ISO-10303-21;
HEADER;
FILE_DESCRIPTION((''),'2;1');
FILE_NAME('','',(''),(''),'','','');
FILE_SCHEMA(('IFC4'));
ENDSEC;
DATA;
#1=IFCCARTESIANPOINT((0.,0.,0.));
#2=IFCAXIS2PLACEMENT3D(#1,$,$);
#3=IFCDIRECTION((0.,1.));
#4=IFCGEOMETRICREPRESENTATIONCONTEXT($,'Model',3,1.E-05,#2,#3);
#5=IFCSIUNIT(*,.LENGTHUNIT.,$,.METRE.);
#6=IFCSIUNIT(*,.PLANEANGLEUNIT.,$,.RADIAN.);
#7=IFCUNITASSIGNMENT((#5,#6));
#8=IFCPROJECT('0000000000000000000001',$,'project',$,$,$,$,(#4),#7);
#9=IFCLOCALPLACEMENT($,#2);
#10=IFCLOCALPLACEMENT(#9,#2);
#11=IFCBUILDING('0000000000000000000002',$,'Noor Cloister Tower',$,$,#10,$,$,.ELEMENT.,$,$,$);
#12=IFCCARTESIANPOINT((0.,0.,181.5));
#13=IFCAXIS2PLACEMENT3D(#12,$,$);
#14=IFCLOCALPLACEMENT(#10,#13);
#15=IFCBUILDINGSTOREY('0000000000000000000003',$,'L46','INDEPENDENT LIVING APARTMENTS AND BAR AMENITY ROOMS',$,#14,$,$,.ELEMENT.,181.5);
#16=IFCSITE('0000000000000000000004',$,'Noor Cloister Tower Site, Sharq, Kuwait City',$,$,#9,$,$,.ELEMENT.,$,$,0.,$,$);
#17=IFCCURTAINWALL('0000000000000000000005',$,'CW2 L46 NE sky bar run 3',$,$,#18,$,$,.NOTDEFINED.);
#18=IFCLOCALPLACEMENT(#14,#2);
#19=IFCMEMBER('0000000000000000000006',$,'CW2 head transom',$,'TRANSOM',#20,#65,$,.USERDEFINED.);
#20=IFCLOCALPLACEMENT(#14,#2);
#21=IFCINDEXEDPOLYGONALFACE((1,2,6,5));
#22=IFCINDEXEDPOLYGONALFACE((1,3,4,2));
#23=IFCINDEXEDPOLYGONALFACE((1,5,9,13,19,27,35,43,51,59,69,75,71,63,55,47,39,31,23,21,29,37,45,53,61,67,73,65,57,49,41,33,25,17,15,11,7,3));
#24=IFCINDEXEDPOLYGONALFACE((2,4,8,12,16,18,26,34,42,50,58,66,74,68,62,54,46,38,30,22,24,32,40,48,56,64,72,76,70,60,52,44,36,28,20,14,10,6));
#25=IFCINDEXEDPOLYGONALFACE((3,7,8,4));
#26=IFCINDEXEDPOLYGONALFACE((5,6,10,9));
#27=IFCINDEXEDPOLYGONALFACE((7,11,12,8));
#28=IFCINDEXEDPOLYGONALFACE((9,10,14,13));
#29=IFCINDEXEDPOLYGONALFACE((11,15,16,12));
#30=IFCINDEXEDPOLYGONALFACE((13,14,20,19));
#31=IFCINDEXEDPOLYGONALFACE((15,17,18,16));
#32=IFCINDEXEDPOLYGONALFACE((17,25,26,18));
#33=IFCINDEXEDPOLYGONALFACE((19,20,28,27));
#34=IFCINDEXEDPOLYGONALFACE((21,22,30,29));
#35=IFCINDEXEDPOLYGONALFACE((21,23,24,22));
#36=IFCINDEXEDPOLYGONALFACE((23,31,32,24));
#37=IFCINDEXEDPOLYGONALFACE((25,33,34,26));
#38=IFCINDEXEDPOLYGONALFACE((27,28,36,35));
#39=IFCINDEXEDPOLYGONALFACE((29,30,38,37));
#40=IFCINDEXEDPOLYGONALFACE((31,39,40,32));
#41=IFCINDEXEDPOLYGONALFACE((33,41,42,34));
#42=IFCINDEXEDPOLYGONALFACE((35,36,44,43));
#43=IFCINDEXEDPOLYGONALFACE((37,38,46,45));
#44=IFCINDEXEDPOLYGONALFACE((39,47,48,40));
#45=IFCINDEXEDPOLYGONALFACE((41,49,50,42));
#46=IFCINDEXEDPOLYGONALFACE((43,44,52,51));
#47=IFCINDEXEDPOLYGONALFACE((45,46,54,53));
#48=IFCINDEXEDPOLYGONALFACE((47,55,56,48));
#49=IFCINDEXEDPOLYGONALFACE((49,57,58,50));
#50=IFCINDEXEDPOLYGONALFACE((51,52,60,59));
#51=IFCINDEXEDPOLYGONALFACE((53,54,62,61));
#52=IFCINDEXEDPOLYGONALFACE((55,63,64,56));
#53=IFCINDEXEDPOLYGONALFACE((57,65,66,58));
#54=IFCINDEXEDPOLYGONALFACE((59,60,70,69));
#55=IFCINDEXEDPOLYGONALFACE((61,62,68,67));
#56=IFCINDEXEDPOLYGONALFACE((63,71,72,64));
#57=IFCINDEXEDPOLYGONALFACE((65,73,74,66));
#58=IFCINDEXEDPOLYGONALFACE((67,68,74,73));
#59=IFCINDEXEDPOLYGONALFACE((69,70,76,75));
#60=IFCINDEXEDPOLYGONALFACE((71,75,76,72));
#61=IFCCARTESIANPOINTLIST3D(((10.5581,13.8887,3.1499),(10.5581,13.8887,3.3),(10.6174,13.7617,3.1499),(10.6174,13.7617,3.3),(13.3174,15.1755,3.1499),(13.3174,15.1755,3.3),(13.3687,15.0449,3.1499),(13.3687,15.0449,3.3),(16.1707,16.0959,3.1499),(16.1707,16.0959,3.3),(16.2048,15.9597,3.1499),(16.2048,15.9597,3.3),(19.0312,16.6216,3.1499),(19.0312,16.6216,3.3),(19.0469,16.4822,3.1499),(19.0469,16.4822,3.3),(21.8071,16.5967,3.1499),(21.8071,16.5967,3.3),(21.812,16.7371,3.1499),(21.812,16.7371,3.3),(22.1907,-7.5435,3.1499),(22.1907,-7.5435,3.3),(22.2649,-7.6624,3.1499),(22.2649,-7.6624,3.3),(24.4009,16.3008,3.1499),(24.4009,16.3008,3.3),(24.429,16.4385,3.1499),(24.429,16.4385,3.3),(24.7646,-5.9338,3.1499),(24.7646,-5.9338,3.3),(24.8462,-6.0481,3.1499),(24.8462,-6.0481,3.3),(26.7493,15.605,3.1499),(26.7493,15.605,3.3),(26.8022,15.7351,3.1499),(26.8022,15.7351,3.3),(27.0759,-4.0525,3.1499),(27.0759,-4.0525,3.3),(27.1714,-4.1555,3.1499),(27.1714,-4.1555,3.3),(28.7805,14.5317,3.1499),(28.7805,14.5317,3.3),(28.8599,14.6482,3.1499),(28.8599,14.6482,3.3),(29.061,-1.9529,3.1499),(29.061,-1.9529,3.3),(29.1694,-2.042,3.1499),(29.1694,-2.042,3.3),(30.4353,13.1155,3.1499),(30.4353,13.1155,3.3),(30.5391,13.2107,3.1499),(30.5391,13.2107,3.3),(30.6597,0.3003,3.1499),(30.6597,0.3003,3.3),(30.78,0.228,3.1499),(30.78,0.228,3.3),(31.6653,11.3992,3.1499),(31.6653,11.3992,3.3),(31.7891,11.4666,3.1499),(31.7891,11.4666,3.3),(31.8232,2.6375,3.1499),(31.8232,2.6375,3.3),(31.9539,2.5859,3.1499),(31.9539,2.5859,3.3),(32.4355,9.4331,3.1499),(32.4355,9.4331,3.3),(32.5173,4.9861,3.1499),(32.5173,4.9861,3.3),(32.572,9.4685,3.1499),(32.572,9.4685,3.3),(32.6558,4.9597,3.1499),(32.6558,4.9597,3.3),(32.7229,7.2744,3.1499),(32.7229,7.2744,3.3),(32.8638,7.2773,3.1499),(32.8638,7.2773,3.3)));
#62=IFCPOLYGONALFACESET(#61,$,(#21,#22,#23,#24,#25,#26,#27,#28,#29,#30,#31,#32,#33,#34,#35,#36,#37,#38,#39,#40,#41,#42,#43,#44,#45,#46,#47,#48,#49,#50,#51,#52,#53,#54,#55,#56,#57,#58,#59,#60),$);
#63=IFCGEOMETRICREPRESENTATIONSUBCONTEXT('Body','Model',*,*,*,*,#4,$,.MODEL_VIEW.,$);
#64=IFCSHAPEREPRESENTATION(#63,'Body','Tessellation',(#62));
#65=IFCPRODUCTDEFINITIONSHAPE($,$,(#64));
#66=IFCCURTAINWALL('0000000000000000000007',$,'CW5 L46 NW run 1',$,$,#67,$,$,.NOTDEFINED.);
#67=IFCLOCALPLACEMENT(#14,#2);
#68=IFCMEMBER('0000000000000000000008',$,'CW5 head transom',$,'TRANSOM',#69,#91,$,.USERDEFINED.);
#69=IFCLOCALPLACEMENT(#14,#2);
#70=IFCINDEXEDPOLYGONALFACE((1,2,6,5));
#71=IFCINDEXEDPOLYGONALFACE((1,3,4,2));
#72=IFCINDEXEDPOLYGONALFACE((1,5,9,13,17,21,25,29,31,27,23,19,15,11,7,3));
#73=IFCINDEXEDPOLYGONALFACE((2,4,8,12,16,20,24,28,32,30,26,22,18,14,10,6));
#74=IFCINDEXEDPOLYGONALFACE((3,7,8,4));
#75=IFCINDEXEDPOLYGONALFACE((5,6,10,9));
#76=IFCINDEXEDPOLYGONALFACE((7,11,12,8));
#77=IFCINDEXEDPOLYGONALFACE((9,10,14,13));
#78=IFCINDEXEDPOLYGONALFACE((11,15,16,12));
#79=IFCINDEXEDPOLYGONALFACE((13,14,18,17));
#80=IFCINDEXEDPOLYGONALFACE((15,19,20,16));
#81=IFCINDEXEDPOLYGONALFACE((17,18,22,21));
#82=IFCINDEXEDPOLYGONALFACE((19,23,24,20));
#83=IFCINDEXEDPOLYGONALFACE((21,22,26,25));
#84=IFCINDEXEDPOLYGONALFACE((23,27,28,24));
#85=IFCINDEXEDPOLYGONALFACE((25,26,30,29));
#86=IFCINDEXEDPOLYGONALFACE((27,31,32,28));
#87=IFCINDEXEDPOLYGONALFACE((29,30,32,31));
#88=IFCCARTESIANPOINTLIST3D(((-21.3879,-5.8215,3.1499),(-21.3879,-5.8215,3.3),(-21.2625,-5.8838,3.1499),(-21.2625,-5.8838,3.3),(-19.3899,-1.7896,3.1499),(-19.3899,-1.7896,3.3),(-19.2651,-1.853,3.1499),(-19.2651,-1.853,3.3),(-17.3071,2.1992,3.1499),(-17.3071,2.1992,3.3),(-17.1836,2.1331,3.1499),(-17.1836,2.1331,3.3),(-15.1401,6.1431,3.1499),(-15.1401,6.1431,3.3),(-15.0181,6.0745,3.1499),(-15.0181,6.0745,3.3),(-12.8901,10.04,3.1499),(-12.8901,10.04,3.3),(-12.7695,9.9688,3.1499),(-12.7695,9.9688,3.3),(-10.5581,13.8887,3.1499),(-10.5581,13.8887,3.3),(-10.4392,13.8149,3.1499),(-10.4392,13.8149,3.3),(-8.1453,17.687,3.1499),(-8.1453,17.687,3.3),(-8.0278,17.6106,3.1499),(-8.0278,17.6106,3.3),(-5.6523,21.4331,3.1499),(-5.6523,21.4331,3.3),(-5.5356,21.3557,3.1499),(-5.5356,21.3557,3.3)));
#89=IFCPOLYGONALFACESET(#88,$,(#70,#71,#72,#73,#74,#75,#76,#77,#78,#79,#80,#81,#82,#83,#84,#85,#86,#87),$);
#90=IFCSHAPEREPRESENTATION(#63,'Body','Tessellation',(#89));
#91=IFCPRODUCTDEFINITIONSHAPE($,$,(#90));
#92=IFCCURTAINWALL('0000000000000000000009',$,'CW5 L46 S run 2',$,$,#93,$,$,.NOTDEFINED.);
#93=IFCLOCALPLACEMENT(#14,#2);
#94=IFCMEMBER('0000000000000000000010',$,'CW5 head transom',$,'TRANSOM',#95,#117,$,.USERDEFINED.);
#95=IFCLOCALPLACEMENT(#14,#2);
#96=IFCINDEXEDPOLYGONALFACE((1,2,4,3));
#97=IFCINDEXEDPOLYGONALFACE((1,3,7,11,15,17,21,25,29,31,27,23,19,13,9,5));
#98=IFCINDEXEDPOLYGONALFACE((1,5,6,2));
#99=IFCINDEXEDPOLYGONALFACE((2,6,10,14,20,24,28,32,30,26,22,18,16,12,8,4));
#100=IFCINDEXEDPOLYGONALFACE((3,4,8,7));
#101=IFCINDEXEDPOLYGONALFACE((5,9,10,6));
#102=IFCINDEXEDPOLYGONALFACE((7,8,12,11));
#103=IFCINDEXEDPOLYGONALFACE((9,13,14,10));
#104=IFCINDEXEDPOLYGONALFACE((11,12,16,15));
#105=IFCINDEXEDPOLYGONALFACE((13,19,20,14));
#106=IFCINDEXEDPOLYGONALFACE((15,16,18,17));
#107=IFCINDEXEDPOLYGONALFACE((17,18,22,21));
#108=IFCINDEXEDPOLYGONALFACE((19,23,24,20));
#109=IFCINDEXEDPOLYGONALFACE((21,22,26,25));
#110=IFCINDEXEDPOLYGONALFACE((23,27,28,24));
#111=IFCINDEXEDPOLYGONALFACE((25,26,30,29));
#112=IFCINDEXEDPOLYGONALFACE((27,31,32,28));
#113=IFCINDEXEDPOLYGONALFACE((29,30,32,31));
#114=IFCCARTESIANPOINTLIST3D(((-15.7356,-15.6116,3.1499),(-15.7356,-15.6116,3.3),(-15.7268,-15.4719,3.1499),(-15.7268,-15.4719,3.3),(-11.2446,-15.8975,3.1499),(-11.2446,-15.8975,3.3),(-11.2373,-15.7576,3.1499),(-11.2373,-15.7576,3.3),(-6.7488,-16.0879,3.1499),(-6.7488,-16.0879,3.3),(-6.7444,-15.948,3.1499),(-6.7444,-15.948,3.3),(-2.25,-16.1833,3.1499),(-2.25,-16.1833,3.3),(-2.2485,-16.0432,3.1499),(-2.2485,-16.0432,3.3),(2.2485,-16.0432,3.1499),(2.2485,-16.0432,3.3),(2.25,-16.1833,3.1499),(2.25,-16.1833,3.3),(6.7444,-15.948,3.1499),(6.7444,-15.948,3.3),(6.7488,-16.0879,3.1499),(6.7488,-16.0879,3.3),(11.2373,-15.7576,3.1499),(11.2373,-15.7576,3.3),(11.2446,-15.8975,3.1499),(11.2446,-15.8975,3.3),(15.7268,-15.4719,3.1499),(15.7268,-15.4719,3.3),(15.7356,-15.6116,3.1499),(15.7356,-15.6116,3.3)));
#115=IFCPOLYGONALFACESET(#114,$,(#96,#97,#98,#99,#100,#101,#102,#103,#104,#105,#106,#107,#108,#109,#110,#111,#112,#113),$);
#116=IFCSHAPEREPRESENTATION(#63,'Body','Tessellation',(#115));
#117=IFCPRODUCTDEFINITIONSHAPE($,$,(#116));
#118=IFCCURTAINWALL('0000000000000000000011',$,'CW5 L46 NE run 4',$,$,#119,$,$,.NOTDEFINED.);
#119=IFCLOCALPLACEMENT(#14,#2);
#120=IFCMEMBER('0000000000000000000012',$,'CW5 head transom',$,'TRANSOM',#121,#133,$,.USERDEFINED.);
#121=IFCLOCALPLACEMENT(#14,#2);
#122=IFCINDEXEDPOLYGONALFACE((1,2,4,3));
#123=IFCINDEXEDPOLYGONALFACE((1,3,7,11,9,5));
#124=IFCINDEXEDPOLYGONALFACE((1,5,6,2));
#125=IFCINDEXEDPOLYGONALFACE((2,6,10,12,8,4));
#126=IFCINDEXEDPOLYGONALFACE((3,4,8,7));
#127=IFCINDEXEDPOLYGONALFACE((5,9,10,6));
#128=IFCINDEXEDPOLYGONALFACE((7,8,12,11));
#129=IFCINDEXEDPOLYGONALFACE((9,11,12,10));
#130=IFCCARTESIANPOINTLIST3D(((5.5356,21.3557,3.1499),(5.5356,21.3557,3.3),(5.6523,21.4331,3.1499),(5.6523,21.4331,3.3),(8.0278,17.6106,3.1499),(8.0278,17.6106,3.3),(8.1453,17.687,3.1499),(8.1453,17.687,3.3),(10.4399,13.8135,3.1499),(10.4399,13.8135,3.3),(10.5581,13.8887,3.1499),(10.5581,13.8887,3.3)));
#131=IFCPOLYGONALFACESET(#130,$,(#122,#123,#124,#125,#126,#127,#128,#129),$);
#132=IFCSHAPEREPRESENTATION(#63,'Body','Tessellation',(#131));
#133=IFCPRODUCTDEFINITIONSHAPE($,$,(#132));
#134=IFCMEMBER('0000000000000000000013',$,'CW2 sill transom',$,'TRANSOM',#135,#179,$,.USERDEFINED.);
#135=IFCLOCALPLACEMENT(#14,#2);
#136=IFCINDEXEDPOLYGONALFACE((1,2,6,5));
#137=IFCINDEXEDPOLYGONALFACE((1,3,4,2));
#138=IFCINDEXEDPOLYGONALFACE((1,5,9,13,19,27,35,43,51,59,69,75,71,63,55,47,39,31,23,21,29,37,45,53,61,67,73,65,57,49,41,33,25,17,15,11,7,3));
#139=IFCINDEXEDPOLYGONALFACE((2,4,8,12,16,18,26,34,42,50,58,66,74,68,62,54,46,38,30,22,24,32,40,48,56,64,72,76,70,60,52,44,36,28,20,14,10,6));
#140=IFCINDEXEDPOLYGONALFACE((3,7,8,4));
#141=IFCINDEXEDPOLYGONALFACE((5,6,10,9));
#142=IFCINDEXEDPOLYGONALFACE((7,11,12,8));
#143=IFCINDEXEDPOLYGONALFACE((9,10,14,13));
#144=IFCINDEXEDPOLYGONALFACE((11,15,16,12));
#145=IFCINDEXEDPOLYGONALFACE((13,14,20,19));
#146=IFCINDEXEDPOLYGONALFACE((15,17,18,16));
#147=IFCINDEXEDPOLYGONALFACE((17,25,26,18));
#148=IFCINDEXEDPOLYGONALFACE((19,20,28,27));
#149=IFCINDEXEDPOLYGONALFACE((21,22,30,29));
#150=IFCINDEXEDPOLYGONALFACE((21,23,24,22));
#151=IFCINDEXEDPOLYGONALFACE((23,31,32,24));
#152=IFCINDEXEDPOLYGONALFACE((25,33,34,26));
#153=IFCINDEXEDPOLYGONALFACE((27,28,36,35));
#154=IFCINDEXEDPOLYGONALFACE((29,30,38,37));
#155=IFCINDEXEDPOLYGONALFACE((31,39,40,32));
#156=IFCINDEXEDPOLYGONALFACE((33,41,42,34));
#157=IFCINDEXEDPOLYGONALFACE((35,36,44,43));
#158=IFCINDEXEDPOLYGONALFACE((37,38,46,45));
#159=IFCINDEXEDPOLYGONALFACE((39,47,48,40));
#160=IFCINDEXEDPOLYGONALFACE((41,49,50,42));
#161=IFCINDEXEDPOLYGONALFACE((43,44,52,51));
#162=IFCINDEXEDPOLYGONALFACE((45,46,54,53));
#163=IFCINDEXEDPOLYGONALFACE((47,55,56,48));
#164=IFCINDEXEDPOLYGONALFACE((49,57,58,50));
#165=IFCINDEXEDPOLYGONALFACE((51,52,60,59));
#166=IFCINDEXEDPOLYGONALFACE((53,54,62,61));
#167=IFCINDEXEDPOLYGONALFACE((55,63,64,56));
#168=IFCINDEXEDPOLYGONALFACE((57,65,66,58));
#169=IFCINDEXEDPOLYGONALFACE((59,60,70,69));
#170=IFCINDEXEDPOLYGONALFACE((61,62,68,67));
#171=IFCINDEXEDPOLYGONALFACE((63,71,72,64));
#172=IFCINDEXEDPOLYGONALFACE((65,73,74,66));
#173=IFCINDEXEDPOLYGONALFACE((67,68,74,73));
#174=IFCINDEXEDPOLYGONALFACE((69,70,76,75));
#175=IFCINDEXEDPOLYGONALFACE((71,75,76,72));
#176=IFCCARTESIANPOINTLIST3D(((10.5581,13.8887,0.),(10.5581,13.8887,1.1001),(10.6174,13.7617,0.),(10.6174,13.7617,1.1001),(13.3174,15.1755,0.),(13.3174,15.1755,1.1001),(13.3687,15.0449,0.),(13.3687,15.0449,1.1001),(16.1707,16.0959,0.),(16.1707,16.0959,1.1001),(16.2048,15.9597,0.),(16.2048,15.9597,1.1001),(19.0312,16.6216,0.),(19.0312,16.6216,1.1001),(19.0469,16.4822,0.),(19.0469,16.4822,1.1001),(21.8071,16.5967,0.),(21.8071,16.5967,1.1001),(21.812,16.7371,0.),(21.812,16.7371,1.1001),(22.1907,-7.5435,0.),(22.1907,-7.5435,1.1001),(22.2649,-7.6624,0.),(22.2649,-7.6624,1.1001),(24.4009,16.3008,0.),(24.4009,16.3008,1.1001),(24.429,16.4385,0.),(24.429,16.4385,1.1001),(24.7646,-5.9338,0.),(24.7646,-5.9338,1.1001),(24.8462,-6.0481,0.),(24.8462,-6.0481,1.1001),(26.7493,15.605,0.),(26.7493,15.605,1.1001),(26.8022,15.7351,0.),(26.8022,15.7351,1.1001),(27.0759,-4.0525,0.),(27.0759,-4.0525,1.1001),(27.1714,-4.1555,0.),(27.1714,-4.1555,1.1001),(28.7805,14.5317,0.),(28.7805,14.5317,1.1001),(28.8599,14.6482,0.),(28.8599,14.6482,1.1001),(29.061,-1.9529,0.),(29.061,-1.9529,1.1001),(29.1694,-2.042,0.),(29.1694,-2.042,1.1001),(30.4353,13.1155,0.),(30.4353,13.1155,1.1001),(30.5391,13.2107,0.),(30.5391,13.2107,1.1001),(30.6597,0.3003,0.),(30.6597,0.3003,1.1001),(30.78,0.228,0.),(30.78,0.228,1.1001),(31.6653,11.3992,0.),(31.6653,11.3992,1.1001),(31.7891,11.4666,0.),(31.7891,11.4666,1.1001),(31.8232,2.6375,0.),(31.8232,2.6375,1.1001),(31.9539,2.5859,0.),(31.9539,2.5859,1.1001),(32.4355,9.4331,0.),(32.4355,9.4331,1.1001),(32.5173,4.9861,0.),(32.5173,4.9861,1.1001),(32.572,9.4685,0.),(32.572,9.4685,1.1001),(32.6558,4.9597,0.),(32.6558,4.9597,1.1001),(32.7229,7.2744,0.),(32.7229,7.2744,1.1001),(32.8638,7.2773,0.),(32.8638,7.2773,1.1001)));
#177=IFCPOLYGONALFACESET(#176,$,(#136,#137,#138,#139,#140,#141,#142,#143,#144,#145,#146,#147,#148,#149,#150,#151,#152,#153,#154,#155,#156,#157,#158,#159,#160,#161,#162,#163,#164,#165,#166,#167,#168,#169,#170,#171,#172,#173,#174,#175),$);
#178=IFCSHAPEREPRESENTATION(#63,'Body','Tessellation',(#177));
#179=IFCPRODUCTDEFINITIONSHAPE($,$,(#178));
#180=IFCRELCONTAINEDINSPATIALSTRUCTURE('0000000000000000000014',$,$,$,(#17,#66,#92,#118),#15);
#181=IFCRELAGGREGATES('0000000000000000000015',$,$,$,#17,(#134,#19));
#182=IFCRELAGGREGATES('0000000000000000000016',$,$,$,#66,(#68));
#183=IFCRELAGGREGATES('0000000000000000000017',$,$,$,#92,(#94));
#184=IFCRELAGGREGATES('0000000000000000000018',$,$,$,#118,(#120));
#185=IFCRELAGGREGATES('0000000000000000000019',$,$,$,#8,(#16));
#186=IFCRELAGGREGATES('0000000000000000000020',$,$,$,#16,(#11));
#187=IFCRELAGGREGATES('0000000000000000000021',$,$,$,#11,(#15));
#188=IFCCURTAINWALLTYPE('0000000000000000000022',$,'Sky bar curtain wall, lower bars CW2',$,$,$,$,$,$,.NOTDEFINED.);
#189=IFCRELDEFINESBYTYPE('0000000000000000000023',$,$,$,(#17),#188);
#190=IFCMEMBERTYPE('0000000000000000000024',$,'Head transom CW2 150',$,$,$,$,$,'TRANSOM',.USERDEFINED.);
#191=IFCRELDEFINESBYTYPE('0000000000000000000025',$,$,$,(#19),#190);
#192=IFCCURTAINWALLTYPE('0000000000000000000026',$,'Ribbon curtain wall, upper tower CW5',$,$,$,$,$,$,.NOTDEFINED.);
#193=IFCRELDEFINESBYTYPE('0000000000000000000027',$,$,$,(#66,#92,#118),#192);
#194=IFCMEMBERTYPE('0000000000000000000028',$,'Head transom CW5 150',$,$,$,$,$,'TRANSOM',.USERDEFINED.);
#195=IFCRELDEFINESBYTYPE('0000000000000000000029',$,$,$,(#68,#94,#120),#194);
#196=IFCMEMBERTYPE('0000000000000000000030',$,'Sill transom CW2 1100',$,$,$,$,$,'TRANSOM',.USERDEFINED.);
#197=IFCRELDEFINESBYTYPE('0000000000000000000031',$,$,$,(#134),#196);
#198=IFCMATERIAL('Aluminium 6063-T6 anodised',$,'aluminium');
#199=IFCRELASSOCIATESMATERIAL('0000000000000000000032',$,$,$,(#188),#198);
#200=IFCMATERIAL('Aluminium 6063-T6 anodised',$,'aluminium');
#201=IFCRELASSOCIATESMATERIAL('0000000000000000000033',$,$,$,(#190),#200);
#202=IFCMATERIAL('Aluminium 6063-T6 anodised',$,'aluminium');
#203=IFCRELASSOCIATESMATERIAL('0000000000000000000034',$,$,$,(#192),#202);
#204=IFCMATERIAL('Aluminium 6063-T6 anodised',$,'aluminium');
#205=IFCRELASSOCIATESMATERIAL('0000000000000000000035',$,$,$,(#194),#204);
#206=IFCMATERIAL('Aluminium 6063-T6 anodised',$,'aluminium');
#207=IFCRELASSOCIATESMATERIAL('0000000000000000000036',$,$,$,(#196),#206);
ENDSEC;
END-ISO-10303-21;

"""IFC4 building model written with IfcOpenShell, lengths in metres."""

from ifc_helpers import new_model, si_unit, direction, frame, origin, place, context, subcontext, project, spatial, polyline, outline, extrude, material, type_object, element, aggregate, save


model = new_model("IFC4")

# Units and contexts
model_context = context("Model", 3, precision=1e-05, world=origin(), true_north=direction((0.0, 1.0)))
body_context = subcontext(model_context, "Body", "Model", "MODEL_VIEW")
ifc_project = project(units=[si_unit("LENGTHUNIT", "METRE"), si_unit("PLANEANGLEUNIT", "RADIAN")], contexts=[model_context])

# Site, building, storey
site_placement = place(None, origin())
site = spatial("IfcSite", under=ifc_project, at=site_placement, Name="Noor Cloister Tower Site, Sharq, Kuwait City", CompositionType="ELEMENT", RefElevation=0.0)
building_placement = place(site_placement, origin())
building = spatial("IfcBuilding", under=site, at=building_placement, Name="Noor Cloister Tower", CompositionType="ELEMENT")
storey_placement = place(building_placement, frame((0.0, 0.0, 181.5)))
storey = spatial("IfcBuildingStorey", under=building, at=storey_placement, Name="L46", Description="INDEPENDENT LIVING APARTMENTS AND BAR AMENITY ROOMS", CompositionType="ELEMENT", Elevation=181.5)

# Curtain walls, members
ifc_material_1 = material(Name="Aluminium 6063-T6 anodised", Category="aluminium")
curtain_wall_type_1 = type_object("IfcCurtainWallType", Name="Sky bar curtain wall, lower bars CW2", PredefinedType="NOTDEFINED", material=ifc_material_1)
curtain_wall_1_placement = place(storey_placement, origin())
curtain_wall_1 = element("IfcCurtainWall", 1, at=curtain_wall_1_placement, inside=storey, type_object=curtain_wall_type_1, Name="CW2 L46 NE sky bar run 3", PredefinedType="NOTDEFINED")
ifc_material_2 = material(Name="Aluminium 6063-T6 anodised", Category="aluminium")
member_type_1 = type_object("IfcMemberType", Name="Head transom CW2 150", ElementType="TRANSOM", PredefinedType="USERDEFINED", material=ifc_material_2)
member_1_placement = place(storey_placement, frame((0.0, 0.0, 3.1499)))
member_1 = element("IfcMember", 2, at=member_1_placement, type_object=member_type_1, Name="CW2 head transom", ObjectType="TRANSOM", PredefinedType="USERDEFINED", context=body_context, shape_type="SweptSolid", body=[
    extrude(outline(polyline([(22.2649, -7.6624), (24.8462, -6.0481), (27.1714, -4.1555), (29.1694, -2.042), (30.78, 0.228), (31.9539, 2.5859), (32.6558, 4.9597), (32.8638, 7.2773), (32.572, 9.4685), (31.7891, 11.4666), (30.5391, 13.2107), (28.8599, 14.6482), (26.8022, 15.7351), (24.429, 16.4385), (21.812, 16.7371), (19.0312, 16.6216), (16.1707, 16.0959), (13.3174, 15.1755), (10.5581, 13.8887), (10.6174, 13.7617), (13.3687, 15.0449), (16.2048, 15.9597), (19.0469, 16.4822), (21.8071, 16.5967), (24.4009, 16.3008), (26.7493, 15.605), (28.7805, 14.5317), (30.4353, 13.1155), (31.6653, 11.3992), (32.4355, 9.4331), (32.7229, 7.2744), (32.5173, 4.9861), (31.8232, 2.6375), (30.6597, 0.3003), (29.061, -1.9529), (27.0759, -4.0525), (24.7646, -5.9338), (22.1907, -7.5435), (22.2649, -7.6624)])), origin(), (0.0, 0.0, 1.0), 0.1501),
])
ifc_material_3 = material(Name="Aluminium 6063-T6 anodised", Category="aluminium")
curtain_wall_type_2 = type_object("IfcCurtainWallType", Name="Ribbon curtain wall, upper tower CW5", PredefinedType="NOTDEFINED", material=ifc_material_3)
curtain_wall_2_placement = place(storey_placement, origin())
curtain_wall_2 = element("IfcCurtainWall", 3, at=curtain_wall_2_placement, inside=storey, type_object=curtain_wall_type_2, Name="CW5 L46 NW run 1", PredefinedType="NOTDEFINED")
ifc_material_4 = material(Name="Aluminium 6063-T6 anodised", Category="aluminium")
member_type_2 = type_object("IfcMemberType", Name="Head transom CW5 150", ElementType="TRANSOM", PredefinedType="USERDEFINED", material=ifc_material_4)
member_2_placement = place(storey_placement, frame((0.0, 0.0, 3.1499)))
member_2 = element("IfcMember", 4, at=member_2_placement, type_object=member_type_2, Name="CW5 head transom", ObjectType="TRANSOM", PredefinedType="USERDEFINED", context=body_context, shape_type="SweptSolid", body=[
    extrude(outline(polyline([(-5.6523, 21.4331), (-8.1453, 17.687), (-10.5581, 13.8887), (-12.8901, 10.04), (-15.1401, 6.1431), (-17.3071, 2.1992), (-19.3899, -1.7896), (-21.3879, -5.8215), (-21.2625, -5.8838), (-19.2651, -1.853), (-17.1836, 2.1331), (-15.0181, 6.0745), (-12.7695, 9.9688), (-10.4392, 13.8149), (-8.0278, 17.6106), (-5.5356, 21.3557), (-5.6523, 21.4331)])), origin(), (0.0, 0.0, 1.0), 0.1501),
])
curtain_wall_3_placement = place(storey_placement, origin())
curtain_wall_3 = element("IfcCurtainWall", 5, at=curtain_wall_3_placement, inside=storey, type_object=curtain_wall_type_2, Name="CW5 L46 S run 2", PredefinedType="NOTDEFINED")
member_3_placement = place(storey_placement, frame((0.0, 0.0, 3.1499)))
member_3 = element("IfcMember", 6, at=member_3_placement, type_object=member_type_2, Name="CW5 head transom", ObjectType="TRANSOM", PredefinedType="USERDEFINED", context=body_context, shape_type="SweptSolid", body=[
    extrude(outline(polyline([(-15.7356, -15.6116), (-11.2446, -15.8975), (-6.7488, -16.0879), (-2.25, -16.1833), (2.25, -16.1833), (6.7488, -16.0879), (11.2446, -15.8975), (15.7356, -15.6116), (15.7268, -15.4719), (11.2373, -15.7576), (6.7444, -15.948), (2.2485, -16.0432), (-2.2485, -16.0432), (-6.7444, -15.948), (-11.2373, -15.7576), (-15.7268, -15.4719), (-15.7356, -15.6116)])), origin(), (0.0, 0.0, 1.0), 0.1501),
])
curtain_wall_4_placement = place(storey_placement, origin())
curtain_wall_4 = element("IfcCurtainWall", 7, at=curtain_wall_4_placement, inside=storey, type_object=curtain_wall_type_2, Name="CW5 L46 NE run 4", PredefinedType="NOTDEFINED")
member_4_placement = place(storey_placement, frame((0.0, 0.0, 3.1499)))
member_4 = element("IfcMember", 8, at=member_4_placement, type_object=member_type_2, Name="CW5 head transom", ObjectType="TRANSOM", PredefinedType="USERDEFINED", context=body_context, shape_type="SweptSolid", body=[
    extrude(outline(polyline([(10.5581, 13.8887), (8.1453, 17.687), (5.6523, 21.4331), (5.5356, 21.3557), (8.0278, 17.6106), (10.4399, 13.8135), (10.5581, 13.8887)])), origin(), (0.0, 0.0, 1.0), 0.1501),
])

# Member
ifc_material_5 = material(Name="Aluminium 6063-T6 anodised", Category="aluminium")
member_type_3 = type_object("IfcMemberType", Name="Sill transom CW2 1100", ElementType="TRANSOM", PredefinedType="USERDEFINED", material=ifc_material_5)
member_5_placement = place(storey_placement, origin())
member_5 = element("IfcMember", 9, at=member_5_placement, type_object=member_type_3, Name="CW2 sill transom", ObjectType="TRANSOM", PredefinedType="USERDEFINED", context=body_context, shape_type="SweptSolid", body=[
    extrude(outline(polyline([(22.2649, -7.6624), (24.8462, -6.0481), (27.1714, -4.1555), (29.1694, -2.042), (30.78, 0.228), (31.9539, 2.5859), (32.6558, 4.9597), (32.8638, 7.2773), (32.572, 9.4685), (31.7891, 11.4666), (30.5391, 13.2107), (28.8599, 14.6482), (26.8022, 15.7351), (24.429, 16.4385), (21.812, 16.7371), (19.0312, 16.6216), (16.1707, 16.0959), (13.3174, 15.1755), (10.5581, 13.8887), (10.6174, 13.7617), (13.3687, 15.0449), (16.2048, 15.9597), (19.0469, 16.4822), (21.8071, 16.5967), (24.4009, 16.3008), (26.7493, 15.605), (28.7805, 14.5317), (30.4353, 13.1155), (31.6653, 11.3992), (32.4355, 9.4331), (32.7229, 7.2744), (32.5173, 4.9861), (31.8232, 2.6375), (30.6597, 0.3003), (29.061, -1.9529), (27.0759, -4.0525), (24.7646, -5.9338), (22.1907, -7.5435), (22.2649, -7.6624)])), origin(), (0.0, 0.0, 1.0), 1.1001),
])
aggregate(curtain_wall_1, [member_5, member_1])
aggregate(curtain_wall_2, [member_2])
aggregate(curtain_wall_3, [member_3])
aggregate(curtain_wall_4, [member_4])

save(model, "model.ifc")
